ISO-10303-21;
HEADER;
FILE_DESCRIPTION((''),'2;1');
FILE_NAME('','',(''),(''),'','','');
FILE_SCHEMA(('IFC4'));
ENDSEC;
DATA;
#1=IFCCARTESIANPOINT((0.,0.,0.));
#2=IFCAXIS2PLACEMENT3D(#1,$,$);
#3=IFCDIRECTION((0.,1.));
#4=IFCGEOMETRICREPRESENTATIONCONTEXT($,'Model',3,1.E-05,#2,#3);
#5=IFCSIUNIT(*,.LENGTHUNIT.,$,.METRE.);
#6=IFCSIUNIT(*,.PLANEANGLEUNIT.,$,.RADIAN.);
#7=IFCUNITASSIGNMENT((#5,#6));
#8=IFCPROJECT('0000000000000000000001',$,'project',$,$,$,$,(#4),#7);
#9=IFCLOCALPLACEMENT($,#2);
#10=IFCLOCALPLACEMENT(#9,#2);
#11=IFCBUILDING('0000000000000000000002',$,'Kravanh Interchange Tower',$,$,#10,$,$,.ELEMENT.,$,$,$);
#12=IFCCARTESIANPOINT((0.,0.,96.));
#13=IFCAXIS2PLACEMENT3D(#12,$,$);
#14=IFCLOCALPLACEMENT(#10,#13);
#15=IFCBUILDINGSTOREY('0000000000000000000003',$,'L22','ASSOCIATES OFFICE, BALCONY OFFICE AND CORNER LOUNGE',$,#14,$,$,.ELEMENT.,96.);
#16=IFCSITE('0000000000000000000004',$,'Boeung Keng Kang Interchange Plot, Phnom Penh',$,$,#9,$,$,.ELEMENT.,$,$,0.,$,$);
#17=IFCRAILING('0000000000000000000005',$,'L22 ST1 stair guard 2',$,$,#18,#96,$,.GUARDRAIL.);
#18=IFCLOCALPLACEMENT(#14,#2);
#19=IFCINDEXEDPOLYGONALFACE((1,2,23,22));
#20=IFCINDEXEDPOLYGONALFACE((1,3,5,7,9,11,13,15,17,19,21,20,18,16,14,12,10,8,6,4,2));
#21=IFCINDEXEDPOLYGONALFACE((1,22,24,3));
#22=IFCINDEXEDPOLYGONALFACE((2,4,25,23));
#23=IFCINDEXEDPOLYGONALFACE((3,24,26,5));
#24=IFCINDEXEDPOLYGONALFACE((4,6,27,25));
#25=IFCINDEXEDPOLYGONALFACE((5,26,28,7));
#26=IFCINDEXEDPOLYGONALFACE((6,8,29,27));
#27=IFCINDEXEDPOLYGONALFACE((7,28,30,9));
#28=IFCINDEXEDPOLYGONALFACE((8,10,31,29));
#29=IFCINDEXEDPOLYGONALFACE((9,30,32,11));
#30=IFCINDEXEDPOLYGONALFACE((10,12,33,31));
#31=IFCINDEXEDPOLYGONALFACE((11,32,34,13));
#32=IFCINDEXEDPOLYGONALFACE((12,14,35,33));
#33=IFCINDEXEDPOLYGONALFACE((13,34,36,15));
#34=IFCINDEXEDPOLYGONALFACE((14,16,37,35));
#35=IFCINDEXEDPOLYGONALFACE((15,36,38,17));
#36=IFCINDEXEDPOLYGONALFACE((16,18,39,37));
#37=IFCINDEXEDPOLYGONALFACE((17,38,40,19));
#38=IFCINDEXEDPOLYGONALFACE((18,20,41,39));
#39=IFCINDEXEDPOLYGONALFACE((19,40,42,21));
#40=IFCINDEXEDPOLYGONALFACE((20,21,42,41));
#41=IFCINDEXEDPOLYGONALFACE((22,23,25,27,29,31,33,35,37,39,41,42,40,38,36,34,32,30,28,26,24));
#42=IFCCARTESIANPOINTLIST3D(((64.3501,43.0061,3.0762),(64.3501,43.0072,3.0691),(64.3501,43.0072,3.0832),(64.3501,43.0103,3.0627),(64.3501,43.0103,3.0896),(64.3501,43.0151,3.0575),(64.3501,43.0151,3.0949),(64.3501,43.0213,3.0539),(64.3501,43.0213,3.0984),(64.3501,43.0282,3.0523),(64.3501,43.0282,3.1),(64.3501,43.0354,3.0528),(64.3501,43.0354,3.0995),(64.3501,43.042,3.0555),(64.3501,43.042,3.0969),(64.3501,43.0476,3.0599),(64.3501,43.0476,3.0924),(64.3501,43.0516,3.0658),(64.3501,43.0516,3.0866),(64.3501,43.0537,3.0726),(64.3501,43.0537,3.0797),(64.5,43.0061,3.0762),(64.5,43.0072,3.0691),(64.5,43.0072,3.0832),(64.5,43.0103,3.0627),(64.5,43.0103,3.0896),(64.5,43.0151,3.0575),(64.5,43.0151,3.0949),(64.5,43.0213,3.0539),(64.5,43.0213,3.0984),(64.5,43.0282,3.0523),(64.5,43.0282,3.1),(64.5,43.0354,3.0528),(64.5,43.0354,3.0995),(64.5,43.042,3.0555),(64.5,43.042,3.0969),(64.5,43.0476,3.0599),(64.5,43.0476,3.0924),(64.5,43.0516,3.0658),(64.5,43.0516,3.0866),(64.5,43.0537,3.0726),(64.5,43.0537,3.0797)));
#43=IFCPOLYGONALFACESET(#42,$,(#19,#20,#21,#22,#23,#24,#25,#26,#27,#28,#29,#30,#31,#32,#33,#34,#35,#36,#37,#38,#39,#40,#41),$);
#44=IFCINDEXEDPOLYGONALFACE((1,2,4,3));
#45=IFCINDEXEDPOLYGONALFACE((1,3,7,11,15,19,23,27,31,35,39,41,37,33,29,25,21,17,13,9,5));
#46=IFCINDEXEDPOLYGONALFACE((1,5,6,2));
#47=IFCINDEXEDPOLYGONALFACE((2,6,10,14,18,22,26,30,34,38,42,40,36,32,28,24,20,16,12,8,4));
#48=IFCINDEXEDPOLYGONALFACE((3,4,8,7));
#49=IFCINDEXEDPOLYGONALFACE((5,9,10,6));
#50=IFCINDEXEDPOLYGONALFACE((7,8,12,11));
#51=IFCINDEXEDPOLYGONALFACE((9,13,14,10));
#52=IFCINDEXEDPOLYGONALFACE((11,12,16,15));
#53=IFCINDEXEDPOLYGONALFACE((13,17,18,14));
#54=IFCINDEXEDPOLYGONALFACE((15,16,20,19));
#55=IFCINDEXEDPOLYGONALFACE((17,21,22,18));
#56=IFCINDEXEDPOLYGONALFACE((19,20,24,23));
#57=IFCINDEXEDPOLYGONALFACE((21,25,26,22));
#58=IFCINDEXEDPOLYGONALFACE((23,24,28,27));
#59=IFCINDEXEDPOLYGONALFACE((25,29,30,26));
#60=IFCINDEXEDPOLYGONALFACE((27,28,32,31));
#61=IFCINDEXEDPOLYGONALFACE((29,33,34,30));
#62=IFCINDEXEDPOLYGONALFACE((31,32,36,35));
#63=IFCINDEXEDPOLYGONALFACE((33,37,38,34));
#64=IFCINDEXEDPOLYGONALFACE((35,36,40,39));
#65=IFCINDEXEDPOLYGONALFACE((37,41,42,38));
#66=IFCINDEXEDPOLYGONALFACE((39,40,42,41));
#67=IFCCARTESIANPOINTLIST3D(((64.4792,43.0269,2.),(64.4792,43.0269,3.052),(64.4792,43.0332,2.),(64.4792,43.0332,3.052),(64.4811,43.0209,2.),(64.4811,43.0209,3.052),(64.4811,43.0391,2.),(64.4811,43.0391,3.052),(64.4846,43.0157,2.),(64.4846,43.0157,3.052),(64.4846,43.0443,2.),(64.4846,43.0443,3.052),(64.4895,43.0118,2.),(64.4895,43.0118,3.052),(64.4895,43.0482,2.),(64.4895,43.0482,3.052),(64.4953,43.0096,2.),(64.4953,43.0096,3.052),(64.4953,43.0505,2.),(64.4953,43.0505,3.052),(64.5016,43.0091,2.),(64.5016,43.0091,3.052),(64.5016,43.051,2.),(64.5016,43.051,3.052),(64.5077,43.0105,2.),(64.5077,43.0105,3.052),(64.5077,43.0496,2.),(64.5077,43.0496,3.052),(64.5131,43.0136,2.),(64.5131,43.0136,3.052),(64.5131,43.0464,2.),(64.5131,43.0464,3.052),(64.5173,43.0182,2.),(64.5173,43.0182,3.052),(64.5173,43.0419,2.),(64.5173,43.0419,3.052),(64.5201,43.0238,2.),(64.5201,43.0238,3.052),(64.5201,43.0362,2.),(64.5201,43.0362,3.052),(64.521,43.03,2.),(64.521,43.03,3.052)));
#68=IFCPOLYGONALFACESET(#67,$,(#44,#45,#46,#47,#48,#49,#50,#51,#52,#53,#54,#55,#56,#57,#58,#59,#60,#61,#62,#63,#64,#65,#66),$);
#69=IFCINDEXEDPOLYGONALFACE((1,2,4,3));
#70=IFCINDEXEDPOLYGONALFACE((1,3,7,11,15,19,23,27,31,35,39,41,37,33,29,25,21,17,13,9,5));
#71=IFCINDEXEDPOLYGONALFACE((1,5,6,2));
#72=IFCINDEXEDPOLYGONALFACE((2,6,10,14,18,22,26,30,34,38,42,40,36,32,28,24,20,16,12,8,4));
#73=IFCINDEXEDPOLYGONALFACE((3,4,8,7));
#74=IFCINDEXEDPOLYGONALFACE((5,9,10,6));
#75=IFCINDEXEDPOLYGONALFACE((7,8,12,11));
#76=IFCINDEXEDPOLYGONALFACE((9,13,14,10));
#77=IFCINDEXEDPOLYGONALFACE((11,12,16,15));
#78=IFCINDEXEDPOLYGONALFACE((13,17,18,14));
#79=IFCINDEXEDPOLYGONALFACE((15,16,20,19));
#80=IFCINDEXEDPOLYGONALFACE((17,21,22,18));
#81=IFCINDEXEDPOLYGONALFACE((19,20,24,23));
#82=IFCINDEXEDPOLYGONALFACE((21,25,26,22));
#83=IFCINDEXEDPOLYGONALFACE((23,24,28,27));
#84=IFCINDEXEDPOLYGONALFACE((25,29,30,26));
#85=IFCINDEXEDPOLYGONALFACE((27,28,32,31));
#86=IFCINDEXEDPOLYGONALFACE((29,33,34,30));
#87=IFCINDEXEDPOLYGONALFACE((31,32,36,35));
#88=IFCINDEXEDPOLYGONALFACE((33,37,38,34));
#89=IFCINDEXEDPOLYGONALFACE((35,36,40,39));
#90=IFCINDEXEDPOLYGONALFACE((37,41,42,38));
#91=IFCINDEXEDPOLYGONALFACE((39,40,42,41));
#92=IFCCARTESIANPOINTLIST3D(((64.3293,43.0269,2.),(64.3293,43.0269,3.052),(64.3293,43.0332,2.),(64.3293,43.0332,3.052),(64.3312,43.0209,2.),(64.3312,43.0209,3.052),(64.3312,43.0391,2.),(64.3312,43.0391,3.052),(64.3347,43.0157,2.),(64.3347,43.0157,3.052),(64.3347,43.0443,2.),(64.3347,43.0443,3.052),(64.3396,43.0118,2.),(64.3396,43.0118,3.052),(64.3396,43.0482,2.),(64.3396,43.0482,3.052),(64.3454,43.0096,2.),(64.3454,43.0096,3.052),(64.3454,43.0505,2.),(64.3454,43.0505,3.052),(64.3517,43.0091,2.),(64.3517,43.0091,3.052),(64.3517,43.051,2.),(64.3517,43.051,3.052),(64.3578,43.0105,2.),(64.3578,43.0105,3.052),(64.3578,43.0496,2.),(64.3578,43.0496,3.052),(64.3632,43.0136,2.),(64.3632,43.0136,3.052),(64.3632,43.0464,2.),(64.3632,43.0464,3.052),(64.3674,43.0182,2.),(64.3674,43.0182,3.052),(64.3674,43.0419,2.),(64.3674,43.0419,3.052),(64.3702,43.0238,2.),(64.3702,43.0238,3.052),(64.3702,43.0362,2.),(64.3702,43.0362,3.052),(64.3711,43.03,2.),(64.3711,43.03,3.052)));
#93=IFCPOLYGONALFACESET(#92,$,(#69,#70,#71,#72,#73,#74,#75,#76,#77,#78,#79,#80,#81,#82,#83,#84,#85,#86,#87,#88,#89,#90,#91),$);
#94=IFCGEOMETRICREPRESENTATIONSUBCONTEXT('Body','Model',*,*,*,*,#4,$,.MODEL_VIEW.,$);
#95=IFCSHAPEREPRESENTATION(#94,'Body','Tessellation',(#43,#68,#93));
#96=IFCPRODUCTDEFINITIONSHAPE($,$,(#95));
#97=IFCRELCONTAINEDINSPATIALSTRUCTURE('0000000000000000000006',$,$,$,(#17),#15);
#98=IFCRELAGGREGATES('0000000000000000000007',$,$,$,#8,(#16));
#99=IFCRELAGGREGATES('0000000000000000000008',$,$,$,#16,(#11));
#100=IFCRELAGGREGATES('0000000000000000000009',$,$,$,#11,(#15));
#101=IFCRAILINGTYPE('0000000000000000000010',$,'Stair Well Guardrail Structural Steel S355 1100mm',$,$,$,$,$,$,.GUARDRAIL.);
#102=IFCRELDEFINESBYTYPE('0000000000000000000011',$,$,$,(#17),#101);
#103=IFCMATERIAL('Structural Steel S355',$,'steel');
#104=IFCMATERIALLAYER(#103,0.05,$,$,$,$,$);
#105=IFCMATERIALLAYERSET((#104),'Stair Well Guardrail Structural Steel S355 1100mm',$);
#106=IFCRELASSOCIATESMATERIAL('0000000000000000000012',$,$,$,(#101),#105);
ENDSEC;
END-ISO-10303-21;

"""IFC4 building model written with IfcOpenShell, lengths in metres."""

from ifc_helpers import new_model, si_unit, direction, frame, origin, origin_2d, place, context, subcontext, project, spatial, circle, extrude, material, layer, layer_set, type_object, element, save


model = new_model("IFC4")

# Units and contexts
model_context = context("Model", 3, precision=1e-05, world=origin(), true_north=direction((0.0, 1.0)))
body_context = subcontext(model_context, "Body", "Model", "MODEL_VIEW")
ifc_project = project(units=[si_unit("LENGTHUNIT", "METRE"), si_unit("PLANEANGLEUNIT", "RADIAN")], contexts=[model_context])

# Site, building, storey
site_placement = place(None, origin())
site = spatial("IfcSite", under=ifc_project, at=site_placement, Name="Boeung Keng Kang Interchange Plot, Phnom Penh", CompositionType="ELEMENT", RefElevation=0.0)
building_placement = place(site_placement, origin())
building = spatial("IfcBuilding", under=site, at=building_placement, Name="Kravanh Interchange Tower", CompositionType="ELEMENT")
storey_placement = place(building_placement, frame((0.0, 0.0, 96.0)))
storey = spatial("IfcBuildingStorey", under=building, at=storey_placement, Name="L22", Description="ASSOCIATES OFFICE, BALCONY OFFICE AND CORNER LOUNGE", CompositionType="ELEMENT", Elevation=96.0)

# Railing
ifc_material_1 = material(Name="Structural Steel S355", Category="steel")
ifc_layer_1 = layer(ifc_material_1, 0.05)
ifc_layer_set_1 = layer_set([ifc_layer_1], Name="Stair Well Guardrail Structural Steel S355 1100mm")
railing_type_1 = type_object("IfcRailingType", Name="Stair Well Guardrail Structural Steel S355 1100mm", PredefinedType="GUARDRAIL", material=ifc_layer_set_1)
railing_1_placement = place(storey_placement, frame((64.5, 43.03, 2.0)))
element("IfcRailing", 1, at=railing_1_placement, inside=storey, type_object=railing_type_1, Name="L22 ST1 stair guard 2", PredefinedType="GUARDRAIL", context=body_context, shape_type="SweptSolid", body=[
    extrude(circle(Radius=0.0239, at=origin_2d()), frame((0.0, 0.0, 1.0762), z_axis=(-1.0, 0.0, 0.0), x_axis=(0.0, -1.0, 0.0)), (0.0, 0.0, 1.0), 0.1499),
    extrude(circle(Radius=0.021, at=origin_2d()), origin(), (0.0, 0.0, 1.0), 1.052),
    extrude(circle(Radius=0.021, at=origin_2d()), frame((-0.1499, 0.0, 0.0)), (0.0, 0.0, 1.0), 1.052),
])

save(model, "model.ifc")
